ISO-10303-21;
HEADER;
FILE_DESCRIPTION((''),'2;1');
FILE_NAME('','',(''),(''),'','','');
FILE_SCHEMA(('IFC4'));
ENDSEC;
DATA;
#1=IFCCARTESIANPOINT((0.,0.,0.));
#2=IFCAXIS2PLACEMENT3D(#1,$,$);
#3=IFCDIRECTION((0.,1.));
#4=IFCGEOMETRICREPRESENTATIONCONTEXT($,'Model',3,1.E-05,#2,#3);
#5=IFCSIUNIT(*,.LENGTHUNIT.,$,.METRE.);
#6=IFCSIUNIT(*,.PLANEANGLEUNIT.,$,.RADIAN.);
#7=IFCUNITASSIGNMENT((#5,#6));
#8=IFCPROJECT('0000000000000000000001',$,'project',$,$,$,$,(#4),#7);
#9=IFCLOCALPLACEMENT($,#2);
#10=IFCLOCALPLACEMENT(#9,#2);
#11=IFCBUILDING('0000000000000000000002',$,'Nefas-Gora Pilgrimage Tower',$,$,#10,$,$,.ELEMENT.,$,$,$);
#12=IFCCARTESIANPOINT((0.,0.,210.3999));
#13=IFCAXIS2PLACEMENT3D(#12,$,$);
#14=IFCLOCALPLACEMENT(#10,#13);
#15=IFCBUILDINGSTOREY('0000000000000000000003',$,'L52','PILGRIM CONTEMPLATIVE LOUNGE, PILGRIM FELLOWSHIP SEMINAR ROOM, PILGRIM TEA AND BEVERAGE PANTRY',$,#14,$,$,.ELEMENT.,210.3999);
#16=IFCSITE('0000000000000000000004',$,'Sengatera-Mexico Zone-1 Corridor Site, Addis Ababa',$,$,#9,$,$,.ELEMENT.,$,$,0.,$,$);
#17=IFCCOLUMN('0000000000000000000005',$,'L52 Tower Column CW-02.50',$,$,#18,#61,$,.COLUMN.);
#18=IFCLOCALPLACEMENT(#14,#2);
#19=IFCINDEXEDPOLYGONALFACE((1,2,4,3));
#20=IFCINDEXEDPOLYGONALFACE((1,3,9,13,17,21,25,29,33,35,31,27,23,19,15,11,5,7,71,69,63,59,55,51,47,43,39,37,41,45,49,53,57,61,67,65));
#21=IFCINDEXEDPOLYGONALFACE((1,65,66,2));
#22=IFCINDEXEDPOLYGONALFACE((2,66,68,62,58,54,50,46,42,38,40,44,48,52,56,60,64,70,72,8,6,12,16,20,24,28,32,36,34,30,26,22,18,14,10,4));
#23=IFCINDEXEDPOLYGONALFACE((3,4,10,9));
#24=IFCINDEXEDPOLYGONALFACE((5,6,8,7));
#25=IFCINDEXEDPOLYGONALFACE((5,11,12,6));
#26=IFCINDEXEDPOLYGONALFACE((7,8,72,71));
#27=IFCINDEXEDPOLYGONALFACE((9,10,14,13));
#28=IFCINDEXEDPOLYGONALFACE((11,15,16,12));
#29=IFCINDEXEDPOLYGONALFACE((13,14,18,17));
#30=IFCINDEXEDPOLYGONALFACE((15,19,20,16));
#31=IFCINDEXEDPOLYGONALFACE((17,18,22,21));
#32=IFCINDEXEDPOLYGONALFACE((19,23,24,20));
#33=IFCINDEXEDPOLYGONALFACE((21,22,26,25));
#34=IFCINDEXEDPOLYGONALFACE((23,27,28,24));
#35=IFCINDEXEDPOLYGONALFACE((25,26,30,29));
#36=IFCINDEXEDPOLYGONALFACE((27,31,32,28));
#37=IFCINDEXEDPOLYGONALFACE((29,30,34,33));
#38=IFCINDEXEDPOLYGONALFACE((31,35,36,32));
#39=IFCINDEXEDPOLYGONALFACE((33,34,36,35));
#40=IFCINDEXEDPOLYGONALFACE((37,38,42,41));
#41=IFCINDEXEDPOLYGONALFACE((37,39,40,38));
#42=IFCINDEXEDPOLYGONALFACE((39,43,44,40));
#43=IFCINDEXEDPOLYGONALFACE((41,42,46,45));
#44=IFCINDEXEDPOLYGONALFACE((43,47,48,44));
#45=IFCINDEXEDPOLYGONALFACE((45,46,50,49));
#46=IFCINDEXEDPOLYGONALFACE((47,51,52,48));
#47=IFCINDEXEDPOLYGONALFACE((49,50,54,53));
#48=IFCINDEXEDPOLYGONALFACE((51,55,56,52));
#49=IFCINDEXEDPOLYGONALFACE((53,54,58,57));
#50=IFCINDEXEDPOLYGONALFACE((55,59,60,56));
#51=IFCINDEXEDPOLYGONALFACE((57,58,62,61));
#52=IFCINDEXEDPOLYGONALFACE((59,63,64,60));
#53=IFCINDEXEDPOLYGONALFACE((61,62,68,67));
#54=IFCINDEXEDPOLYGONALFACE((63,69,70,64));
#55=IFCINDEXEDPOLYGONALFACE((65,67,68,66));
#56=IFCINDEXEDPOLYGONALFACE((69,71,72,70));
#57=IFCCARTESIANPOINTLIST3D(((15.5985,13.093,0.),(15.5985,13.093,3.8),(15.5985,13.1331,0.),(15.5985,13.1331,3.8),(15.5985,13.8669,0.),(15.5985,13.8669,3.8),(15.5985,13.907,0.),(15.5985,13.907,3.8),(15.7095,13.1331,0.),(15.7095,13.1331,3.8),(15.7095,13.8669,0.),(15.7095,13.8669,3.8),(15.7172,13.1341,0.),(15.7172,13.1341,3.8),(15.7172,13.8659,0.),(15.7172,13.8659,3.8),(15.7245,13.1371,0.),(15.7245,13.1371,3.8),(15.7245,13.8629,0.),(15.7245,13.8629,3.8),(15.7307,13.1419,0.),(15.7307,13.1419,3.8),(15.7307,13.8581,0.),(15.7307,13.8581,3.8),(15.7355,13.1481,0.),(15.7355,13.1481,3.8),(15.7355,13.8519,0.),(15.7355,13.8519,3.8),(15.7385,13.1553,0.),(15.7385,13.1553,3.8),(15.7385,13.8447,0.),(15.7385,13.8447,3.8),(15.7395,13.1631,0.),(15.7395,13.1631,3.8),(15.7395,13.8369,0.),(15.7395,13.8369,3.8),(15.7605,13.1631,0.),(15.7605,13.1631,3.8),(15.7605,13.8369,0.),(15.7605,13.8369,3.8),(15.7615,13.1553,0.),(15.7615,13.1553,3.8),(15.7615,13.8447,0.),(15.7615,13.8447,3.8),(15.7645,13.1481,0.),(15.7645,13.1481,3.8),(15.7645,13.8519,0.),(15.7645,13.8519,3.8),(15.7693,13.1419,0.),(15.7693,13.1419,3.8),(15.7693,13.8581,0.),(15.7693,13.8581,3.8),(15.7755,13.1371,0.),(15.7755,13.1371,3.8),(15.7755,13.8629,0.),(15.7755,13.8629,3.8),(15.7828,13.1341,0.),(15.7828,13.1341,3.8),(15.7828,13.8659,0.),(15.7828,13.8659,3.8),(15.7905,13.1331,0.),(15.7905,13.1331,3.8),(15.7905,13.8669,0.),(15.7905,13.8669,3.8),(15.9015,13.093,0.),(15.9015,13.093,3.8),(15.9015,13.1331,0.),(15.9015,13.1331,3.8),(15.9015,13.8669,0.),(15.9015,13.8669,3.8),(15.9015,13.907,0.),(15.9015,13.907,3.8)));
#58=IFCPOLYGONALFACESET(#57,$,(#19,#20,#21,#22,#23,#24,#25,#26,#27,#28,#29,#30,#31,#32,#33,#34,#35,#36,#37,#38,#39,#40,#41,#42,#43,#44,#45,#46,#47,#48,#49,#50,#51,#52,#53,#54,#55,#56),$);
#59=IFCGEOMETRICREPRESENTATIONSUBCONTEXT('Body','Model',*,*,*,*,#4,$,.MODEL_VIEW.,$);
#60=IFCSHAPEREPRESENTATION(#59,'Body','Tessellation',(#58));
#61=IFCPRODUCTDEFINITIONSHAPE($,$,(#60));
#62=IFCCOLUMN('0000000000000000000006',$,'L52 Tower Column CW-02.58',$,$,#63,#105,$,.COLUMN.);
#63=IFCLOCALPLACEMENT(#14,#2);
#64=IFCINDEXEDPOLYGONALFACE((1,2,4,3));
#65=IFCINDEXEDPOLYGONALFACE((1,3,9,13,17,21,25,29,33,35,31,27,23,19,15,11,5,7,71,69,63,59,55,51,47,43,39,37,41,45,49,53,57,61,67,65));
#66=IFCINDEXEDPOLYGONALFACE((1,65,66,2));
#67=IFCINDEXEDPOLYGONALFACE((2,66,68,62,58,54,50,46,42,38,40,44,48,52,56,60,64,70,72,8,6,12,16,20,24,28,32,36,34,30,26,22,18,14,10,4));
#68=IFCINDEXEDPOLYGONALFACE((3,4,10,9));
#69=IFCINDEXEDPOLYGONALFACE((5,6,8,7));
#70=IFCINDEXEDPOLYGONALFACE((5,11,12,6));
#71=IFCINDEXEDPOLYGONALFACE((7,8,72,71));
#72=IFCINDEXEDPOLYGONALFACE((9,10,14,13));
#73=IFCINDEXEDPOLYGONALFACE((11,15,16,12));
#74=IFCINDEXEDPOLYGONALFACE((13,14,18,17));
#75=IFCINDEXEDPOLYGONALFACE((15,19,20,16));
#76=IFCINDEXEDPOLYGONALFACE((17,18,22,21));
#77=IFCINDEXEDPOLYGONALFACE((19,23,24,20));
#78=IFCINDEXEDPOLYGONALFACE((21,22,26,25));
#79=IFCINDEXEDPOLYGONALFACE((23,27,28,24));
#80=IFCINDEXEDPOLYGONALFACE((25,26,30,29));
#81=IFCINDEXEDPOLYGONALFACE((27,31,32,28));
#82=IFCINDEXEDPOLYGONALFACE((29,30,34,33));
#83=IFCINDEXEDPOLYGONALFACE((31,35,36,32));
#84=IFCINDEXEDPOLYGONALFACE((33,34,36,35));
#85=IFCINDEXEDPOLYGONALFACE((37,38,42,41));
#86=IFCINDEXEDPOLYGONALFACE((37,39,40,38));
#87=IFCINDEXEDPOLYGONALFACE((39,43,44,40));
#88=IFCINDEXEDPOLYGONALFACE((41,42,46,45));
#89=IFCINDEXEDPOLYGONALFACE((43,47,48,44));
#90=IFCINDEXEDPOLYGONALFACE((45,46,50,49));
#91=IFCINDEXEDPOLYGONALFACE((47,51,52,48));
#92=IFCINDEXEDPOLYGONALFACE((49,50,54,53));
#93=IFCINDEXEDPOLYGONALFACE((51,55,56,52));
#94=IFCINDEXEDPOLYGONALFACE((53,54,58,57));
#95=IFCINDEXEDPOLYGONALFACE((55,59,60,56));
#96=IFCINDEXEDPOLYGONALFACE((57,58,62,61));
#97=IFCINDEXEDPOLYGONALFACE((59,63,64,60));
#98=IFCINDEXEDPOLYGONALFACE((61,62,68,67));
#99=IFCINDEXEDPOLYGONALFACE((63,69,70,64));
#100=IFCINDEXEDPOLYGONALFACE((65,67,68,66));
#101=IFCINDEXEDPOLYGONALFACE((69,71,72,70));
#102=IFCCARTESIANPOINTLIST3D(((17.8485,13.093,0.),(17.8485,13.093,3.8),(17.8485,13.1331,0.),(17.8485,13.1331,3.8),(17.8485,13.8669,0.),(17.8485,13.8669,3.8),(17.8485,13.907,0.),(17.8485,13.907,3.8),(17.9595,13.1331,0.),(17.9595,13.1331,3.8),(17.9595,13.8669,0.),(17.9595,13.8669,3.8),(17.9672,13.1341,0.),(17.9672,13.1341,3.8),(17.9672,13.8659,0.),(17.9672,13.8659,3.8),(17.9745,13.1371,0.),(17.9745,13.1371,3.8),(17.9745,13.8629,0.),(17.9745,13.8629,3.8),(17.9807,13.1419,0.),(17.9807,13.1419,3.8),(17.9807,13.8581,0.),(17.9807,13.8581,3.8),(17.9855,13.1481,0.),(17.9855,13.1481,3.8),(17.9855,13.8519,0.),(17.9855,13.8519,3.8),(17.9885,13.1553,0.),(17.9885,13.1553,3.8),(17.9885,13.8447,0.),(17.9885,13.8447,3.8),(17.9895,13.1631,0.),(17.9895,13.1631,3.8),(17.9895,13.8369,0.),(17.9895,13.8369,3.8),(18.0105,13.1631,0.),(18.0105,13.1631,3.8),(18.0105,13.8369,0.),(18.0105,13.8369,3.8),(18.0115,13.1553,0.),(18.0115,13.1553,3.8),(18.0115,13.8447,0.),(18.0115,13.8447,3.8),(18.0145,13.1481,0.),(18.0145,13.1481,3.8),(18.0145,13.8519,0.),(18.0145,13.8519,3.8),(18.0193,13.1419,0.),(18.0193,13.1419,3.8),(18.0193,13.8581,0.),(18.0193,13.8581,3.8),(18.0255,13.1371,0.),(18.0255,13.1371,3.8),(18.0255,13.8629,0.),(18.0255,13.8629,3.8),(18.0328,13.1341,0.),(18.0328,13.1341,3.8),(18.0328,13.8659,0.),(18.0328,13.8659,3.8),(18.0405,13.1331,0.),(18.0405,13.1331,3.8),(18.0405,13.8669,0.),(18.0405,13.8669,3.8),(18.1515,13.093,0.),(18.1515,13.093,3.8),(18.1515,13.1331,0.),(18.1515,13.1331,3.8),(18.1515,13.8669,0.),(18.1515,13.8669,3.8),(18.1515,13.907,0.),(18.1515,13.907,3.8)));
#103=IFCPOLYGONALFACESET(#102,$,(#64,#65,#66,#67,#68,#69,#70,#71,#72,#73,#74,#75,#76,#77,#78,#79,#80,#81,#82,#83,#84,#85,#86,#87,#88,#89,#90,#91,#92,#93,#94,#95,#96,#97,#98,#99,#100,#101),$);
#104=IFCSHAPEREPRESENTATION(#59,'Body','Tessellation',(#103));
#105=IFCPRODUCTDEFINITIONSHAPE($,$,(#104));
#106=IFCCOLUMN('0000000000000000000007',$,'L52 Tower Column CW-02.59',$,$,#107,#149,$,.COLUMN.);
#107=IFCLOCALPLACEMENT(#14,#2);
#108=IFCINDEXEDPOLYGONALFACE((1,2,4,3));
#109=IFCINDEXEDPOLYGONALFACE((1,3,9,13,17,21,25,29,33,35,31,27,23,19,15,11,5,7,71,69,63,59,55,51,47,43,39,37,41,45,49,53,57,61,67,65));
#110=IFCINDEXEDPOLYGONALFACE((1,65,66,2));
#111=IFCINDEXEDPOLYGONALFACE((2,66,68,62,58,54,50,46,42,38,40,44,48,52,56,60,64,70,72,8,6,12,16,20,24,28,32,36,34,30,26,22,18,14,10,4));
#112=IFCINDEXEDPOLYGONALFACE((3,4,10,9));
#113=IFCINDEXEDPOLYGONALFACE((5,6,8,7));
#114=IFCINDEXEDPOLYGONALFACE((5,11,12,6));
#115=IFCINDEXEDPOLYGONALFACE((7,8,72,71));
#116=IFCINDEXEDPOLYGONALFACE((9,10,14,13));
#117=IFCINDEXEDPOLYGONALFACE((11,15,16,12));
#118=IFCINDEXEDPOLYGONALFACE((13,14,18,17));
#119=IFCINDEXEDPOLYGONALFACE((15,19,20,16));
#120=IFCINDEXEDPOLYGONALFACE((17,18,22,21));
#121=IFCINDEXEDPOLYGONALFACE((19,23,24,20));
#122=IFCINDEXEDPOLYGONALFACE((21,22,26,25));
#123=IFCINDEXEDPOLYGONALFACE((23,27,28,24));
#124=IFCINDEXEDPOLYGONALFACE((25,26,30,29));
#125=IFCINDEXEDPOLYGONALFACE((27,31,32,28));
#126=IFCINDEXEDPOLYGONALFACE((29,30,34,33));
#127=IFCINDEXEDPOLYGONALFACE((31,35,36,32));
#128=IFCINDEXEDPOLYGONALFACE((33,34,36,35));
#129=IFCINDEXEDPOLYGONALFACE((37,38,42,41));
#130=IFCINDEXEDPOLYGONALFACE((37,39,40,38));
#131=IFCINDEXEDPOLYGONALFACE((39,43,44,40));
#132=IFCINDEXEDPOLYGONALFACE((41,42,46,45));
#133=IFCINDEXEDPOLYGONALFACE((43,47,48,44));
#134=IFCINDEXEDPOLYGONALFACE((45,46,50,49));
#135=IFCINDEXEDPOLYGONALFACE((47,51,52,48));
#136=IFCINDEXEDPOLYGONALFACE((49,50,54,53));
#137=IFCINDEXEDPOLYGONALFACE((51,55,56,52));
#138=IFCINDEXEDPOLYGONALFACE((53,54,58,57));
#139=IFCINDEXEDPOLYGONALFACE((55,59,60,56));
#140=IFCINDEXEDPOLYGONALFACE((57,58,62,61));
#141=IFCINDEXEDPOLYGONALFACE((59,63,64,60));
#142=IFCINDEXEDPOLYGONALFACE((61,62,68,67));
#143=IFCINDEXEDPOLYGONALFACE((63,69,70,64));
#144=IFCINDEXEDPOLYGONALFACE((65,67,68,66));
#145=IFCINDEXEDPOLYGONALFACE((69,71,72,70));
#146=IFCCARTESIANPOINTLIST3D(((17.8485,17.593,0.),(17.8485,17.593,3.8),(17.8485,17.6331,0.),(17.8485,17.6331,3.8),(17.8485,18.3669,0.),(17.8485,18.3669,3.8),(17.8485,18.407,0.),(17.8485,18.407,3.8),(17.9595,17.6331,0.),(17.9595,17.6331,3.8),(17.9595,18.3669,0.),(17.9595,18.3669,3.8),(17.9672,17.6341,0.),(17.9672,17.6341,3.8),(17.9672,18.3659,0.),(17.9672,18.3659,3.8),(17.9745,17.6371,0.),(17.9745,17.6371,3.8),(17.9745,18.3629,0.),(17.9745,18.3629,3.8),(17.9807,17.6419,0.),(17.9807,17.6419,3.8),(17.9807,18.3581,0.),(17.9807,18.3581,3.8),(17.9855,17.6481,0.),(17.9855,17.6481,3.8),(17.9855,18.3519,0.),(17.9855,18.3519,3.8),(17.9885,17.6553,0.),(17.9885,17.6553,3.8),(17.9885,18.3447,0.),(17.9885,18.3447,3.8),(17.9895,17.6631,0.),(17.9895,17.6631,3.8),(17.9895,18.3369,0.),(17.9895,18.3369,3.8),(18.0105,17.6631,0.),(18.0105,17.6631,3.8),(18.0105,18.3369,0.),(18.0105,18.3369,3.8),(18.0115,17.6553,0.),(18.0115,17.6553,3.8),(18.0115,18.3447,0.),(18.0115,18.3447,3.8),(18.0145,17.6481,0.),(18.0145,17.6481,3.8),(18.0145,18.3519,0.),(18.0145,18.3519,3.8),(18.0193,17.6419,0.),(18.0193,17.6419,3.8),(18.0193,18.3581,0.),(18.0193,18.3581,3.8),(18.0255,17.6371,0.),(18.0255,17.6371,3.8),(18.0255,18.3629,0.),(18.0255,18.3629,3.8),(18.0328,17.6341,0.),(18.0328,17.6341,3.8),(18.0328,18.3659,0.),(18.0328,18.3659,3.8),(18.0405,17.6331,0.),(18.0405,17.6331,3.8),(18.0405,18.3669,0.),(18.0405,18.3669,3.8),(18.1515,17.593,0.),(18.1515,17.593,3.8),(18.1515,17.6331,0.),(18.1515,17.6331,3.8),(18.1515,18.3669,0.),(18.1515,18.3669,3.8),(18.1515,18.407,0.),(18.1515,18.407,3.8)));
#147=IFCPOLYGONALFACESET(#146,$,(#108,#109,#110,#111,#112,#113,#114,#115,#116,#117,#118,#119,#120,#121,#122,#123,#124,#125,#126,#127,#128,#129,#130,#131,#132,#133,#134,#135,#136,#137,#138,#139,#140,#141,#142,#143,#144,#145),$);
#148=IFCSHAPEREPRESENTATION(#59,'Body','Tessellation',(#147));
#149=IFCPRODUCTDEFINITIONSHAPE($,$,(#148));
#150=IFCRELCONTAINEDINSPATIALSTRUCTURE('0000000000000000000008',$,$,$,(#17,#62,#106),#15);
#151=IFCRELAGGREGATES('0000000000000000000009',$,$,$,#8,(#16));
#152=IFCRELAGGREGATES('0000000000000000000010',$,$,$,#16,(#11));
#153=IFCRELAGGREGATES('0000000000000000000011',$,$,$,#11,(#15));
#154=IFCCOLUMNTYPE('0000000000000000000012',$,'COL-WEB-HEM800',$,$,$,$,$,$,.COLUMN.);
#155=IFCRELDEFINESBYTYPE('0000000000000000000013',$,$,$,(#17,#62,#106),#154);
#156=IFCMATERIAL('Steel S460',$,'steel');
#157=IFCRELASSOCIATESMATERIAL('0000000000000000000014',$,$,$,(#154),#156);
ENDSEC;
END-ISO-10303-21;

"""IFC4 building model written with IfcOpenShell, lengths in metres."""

from ifc_helpers import new_model, si_unit, direction, frame, origin, origin_2d, place, context, subcontext, project, spatial, i_section, extrude, source, transform, mapped, material, material_profile, profile_set, type_object, element, save


model = new_model("IFC4")

# Units and contexts
model_context = context("Model", 3, precision=1e-05, world=origin(), true_north=direction((0.0, 1.0)))
body_context = subcontext(model_context, "Body", "Model", "MODEL_VIEW")
ifc_project = project(units=[si_unit("LENGTHUNIT", "METRE"), si_unit("PLANEANGLEUNIT", "RADIAN")], contexts=[model_context])

# Site, building, storey
site_placement = place(None, origin())
site = spatial("IfcSite", under=ifc_project, at=site_placement, Name="Sengatera-Mexico Zone-1 Corridor Site, Addis Ababa", CompositionType="ELEMENT", RefElevation=0.0)
building_placement = place(site_placement, origin())
building = spatial("IfcBuilding", under=site, at=building_placement, Name="Nefas-Gora Pilgrimage Tower", CompositionType="ELEMENT")
storey_placement = place(building_placement, frame((0.0, 0.0, 210.3999)))
storey = spatial("IfcBuildingStorey", under=building, at=storey_placement, Name="L52", Description="PILGRIM CONTEMPLATIVE LOUNGE, PILGRIM FELLOWSHIP SEMINAR ROOM, PILGRIM TEA AND BEVERAGE PANTRY", CompositionType="ELEMENT", Elevation=210.3999)

# Columns
ifc_material_1 = material(Name="Steel S460", Category="steel")
ifc_material_profile_1 = material_profile(ifc_material_1, i_section(OverallWidth=0.303, OverallDepth=0.814, WebThickness=0.021, FlangeThickness=0.04, FilletRadius=0.03, at=origin_2d()), Name="HEM 800")
ifc_profile_set_1 = profile_set([ifc_material_profile_1], Name="Steel S460")
column_type_1 = type_object("IfcColumnType", Name="COL-WEB-HEM800", PredefinedType="COLUMN", material=ifc_profile_set_1)
shared_shape_1 = source(origin(), body_context, "Body", "SweptSolid", [
    extrude(i_section(OverallWidth=0.303, OverallDepth=0.814, WebThickness=0.021, FlangeThickness=0.04, FilletRadius=0.03, at=origin_2d()), origin(), (0.0, 0.0, 1.0), 3.8),
])
for number, where, z_axis, x_axis, name in (
    (1, (15.75, 13.5, 0.0), (0.0, 0.0, 1.0), (1.0, 0.0, 0.0), "L52 Tower Column CW-02.50"),
    (2, (18.0, 13.5, 0.0), (0.0, 0.0, 1.0), (1.0, 0.0, 0.0), "L52 Tower Column CW-02.58"),
    (3, (18.0, 18.0, 0.0), (0.0, 0.0, 1.0), (1.0, 0.0, 0.0), "L52 Tower Column CW-02.59"),
):
    element("IfcColumn", number, at=place(storey_placement, frame(where, z_axis=z_axis, x_axis=x_axis)), inside=storey, type_object=column_type_1, Name=name, PredefinedType="COLUMN", context=body_context, shape_type="MappedRepresentation", body=[
        mapped(shared_shape_1, transform((0.0, 0.0, 0.0), x_axis=(1.0, 0.0, 0.0), y_axis=(0.0, 1.0, 0.0), z_axis=(0.0, 0.0, 1.0), scale=1.0)),
    ])

save(model, "model.ifc")
